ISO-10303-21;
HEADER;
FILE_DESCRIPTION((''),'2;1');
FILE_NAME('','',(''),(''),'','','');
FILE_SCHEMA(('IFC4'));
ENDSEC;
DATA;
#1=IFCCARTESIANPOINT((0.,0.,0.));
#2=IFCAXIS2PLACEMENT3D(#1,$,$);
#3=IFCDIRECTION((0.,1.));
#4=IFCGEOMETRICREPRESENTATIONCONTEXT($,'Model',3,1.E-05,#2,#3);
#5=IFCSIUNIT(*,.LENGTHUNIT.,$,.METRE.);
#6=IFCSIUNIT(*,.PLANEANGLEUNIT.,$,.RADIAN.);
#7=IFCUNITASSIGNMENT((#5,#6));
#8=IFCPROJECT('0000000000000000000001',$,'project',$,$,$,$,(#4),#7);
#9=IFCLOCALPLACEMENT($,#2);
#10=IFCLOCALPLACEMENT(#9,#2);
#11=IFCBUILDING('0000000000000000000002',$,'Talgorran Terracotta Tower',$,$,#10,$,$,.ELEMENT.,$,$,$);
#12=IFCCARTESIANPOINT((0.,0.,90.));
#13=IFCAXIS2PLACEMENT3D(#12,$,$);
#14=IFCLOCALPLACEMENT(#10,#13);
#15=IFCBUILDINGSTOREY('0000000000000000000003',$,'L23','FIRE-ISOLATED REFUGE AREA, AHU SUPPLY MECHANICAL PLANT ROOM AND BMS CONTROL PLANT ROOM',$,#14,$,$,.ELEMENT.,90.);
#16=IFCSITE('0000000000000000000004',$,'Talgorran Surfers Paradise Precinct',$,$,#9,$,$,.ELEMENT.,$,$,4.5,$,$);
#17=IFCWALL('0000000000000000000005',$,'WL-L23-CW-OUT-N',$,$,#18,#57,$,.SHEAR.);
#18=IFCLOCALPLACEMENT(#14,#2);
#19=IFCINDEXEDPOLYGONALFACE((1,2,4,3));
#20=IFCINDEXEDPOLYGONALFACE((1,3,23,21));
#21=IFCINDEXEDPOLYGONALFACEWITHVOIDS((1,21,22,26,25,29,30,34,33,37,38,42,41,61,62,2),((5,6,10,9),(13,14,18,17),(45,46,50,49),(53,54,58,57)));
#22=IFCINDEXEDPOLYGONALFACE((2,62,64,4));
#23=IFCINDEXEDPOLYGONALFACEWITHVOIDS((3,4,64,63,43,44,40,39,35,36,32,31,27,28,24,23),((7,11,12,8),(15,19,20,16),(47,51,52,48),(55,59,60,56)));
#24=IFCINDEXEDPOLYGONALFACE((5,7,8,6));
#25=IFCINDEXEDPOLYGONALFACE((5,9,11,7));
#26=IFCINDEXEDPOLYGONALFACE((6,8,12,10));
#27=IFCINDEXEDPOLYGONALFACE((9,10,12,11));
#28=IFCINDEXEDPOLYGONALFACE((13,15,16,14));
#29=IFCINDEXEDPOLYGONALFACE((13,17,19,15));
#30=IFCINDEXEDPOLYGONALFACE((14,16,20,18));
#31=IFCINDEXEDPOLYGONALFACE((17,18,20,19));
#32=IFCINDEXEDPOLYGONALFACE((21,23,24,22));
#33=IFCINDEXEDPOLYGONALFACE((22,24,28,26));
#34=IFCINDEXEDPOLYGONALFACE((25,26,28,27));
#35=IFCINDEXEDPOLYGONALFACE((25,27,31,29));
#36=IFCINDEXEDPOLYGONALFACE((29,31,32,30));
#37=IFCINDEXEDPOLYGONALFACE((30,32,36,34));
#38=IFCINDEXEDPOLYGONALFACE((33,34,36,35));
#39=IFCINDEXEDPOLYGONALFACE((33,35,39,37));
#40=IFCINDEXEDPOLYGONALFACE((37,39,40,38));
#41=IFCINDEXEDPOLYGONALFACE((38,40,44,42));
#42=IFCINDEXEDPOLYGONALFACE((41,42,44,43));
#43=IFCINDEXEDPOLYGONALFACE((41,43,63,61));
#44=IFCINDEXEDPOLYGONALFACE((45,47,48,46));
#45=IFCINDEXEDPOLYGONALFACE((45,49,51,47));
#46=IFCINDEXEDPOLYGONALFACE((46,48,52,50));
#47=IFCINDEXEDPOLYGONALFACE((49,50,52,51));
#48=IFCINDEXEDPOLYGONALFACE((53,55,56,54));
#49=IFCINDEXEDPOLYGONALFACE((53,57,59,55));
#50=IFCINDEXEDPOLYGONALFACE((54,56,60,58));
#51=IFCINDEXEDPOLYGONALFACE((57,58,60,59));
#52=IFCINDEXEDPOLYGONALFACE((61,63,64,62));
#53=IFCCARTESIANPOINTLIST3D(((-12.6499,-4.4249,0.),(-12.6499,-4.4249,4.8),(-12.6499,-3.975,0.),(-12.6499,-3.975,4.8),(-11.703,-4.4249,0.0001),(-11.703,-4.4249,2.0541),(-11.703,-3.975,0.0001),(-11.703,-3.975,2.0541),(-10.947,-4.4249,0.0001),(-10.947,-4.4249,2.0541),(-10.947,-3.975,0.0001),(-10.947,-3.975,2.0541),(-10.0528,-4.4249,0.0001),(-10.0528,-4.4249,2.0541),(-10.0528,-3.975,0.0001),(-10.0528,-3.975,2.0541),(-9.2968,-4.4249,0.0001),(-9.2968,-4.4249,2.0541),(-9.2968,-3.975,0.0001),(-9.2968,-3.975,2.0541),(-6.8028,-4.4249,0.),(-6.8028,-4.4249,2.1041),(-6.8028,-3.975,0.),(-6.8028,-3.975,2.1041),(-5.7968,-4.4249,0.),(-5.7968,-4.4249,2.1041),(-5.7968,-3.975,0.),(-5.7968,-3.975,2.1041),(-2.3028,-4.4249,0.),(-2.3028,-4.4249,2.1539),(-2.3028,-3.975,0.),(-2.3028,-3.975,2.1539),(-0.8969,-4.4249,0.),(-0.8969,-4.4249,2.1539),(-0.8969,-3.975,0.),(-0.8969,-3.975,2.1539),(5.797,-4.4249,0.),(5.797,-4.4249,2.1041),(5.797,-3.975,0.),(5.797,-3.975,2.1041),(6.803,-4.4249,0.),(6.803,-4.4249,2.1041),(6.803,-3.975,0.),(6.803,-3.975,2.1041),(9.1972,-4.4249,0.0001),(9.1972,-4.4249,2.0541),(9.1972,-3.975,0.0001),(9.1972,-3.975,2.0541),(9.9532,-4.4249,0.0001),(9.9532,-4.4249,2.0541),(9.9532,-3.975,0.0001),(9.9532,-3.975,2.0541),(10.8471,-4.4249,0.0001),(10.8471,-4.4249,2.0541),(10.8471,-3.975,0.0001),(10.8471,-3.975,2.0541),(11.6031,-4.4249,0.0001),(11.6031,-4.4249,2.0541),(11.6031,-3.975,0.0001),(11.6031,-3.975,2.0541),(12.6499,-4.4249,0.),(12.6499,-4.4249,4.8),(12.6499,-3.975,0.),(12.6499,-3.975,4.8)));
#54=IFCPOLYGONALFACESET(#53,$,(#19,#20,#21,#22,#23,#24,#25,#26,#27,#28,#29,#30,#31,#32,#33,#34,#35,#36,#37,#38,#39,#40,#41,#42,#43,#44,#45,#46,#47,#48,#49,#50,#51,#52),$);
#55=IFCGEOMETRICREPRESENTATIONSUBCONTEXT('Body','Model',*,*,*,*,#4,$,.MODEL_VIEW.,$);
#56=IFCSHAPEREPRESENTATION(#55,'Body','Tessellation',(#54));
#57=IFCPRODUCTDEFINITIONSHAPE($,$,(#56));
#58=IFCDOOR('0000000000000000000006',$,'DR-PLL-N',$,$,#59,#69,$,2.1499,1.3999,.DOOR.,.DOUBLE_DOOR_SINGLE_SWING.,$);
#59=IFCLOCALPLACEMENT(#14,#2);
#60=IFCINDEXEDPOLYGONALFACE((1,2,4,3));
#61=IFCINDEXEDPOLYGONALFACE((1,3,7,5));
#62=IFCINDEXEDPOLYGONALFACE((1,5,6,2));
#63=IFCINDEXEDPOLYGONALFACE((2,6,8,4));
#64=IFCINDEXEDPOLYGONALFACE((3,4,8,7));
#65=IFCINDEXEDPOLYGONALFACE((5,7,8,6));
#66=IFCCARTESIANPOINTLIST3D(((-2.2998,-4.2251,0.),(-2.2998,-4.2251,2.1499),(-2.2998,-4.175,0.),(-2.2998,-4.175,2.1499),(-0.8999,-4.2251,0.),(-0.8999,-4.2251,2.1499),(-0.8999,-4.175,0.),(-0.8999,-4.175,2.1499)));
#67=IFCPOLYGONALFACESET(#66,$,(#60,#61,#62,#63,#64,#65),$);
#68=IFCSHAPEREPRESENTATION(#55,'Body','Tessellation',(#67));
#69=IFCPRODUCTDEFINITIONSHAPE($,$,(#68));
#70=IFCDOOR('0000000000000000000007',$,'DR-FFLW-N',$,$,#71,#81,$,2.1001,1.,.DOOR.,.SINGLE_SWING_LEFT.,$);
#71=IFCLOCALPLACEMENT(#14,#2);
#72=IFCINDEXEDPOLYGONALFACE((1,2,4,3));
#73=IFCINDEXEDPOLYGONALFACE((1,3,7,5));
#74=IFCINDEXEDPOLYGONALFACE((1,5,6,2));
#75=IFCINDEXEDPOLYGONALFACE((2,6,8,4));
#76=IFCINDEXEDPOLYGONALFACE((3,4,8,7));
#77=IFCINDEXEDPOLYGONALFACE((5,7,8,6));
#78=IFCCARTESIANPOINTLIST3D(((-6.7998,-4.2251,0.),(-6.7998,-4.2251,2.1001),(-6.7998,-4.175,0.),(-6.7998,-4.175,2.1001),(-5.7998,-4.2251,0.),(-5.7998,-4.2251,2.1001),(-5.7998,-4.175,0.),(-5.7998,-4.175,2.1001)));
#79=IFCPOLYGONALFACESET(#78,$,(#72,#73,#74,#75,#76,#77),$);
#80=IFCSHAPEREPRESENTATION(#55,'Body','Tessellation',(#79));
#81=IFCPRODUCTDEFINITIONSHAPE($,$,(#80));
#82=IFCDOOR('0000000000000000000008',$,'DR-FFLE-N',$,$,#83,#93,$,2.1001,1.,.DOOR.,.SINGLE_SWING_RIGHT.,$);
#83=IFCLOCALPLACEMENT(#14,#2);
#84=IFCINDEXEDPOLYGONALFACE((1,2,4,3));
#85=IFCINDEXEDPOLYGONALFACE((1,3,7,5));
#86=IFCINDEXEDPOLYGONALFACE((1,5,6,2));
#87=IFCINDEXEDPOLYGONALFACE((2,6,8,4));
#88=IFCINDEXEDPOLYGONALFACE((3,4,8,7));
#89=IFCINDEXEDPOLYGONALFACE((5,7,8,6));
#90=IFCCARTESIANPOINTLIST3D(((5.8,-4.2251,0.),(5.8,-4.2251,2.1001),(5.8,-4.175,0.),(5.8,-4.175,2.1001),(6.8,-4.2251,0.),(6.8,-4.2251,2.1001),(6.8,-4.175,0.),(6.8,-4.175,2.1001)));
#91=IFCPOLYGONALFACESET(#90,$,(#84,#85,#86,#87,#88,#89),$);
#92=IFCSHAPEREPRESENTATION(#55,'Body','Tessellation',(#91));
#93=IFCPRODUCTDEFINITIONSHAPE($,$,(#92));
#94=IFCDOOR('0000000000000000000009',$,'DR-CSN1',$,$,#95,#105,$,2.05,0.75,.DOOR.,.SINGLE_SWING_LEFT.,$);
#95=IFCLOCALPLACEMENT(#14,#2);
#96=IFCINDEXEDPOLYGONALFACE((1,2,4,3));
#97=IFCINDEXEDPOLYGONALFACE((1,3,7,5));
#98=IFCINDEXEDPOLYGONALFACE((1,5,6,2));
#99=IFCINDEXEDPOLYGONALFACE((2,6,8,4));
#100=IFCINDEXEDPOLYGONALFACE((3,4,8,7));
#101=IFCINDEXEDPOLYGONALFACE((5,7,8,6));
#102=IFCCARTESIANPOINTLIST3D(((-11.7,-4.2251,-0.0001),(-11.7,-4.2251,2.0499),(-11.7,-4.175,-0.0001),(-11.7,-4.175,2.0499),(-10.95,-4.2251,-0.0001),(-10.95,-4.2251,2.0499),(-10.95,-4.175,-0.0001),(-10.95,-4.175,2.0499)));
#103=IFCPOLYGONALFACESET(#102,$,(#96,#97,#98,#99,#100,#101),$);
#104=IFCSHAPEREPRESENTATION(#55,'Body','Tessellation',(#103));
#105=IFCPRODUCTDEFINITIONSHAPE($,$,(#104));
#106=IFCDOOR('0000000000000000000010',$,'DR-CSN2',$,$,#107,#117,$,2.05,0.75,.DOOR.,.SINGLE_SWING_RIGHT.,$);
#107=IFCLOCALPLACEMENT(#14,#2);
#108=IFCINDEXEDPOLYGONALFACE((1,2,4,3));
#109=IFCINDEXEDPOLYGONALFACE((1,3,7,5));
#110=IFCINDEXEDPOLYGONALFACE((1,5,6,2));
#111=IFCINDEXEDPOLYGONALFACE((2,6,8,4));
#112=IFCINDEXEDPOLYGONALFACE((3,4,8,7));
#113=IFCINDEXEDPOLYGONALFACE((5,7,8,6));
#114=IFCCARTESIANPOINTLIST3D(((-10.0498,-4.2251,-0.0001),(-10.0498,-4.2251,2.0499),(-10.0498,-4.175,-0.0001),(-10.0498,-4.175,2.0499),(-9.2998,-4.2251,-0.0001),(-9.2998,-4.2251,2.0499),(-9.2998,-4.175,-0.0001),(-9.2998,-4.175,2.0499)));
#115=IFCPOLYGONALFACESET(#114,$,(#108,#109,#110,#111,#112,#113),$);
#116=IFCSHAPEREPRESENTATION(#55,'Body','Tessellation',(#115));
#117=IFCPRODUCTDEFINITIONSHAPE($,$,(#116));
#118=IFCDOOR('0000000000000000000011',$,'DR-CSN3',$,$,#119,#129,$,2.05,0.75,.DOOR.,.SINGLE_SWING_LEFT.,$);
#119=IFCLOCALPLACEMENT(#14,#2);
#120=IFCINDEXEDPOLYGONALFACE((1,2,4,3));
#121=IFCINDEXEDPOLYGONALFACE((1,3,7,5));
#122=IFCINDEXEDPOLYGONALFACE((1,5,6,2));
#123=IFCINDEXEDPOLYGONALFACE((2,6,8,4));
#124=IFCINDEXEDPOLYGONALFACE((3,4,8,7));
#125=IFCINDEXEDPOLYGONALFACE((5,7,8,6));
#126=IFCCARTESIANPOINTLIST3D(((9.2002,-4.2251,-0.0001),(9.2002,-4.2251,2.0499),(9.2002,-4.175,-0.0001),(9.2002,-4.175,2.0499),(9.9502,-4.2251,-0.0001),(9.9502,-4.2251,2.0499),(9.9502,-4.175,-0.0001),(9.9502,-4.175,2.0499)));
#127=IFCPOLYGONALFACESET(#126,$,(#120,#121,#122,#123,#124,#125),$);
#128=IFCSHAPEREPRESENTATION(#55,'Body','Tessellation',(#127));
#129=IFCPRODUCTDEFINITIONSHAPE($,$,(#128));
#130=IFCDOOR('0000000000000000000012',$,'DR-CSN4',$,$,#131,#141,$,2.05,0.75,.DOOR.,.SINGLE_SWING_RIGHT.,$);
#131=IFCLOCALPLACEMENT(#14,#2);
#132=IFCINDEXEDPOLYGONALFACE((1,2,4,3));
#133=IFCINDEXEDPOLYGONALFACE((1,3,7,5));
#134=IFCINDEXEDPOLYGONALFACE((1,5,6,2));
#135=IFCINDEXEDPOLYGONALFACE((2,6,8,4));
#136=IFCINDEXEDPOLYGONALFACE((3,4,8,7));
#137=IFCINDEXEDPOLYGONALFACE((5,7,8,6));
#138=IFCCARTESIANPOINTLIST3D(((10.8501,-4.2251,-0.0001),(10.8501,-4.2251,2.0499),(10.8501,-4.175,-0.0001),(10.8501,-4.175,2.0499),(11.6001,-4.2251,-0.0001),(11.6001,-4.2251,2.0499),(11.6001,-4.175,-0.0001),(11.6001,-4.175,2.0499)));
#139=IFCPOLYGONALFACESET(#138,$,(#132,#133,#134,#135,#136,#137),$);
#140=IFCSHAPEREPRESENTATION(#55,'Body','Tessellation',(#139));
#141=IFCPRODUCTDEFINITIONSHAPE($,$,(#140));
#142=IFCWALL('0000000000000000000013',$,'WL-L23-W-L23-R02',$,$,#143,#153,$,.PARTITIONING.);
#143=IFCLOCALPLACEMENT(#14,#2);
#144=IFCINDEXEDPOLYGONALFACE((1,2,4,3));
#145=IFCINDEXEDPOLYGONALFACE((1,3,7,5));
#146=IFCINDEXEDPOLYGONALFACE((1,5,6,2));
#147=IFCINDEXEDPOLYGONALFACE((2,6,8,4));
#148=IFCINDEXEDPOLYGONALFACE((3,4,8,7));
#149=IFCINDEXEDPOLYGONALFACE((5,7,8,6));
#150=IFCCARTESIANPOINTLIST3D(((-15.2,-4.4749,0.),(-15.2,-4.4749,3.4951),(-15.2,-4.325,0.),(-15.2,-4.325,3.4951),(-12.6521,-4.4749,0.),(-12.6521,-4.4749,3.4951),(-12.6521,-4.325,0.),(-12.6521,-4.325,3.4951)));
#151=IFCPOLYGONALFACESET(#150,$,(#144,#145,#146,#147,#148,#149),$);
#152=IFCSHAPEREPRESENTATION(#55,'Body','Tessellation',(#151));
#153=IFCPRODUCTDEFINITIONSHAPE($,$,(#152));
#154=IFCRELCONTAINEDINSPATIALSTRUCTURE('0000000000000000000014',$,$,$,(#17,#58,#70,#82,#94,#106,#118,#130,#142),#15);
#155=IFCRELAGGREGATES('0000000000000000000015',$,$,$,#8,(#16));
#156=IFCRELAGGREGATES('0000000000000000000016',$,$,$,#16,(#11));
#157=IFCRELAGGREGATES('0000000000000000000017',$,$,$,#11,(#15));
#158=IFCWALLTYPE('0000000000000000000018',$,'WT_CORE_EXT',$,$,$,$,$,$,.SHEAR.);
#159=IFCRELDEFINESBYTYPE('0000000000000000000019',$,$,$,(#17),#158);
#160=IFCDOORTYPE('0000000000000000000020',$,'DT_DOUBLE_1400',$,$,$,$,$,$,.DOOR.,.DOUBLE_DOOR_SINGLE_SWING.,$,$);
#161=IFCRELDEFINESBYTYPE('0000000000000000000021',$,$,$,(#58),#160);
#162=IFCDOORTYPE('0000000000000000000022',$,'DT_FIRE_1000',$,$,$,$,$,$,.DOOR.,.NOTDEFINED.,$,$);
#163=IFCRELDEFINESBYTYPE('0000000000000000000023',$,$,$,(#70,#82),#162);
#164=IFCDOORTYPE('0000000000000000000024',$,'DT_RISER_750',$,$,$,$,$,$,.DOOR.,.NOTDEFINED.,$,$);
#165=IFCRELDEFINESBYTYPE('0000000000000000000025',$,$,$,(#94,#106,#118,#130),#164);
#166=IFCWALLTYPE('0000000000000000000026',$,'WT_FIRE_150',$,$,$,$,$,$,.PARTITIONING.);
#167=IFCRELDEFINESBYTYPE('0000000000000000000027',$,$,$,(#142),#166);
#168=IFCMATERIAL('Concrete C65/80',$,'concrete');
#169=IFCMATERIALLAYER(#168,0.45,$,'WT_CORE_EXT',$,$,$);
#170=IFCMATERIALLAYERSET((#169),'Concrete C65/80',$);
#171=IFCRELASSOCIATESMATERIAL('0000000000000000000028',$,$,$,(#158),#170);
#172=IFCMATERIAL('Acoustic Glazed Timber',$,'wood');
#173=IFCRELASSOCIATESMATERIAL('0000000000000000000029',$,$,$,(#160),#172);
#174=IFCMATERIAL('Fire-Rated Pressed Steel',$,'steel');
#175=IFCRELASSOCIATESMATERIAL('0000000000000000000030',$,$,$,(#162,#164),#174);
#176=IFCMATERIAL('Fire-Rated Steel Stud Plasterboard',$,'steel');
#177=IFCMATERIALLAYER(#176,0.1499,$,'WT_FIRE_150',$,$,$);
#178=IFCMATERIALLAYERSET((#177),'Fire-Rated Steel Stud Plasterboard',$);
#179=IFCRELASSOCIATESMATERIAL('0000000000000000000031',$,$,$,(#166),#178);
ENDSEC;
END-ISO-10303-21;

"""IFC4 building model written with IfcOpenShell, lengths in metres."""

from ifc_helpers import new_model, si_unit, direction, frame, frame_2d, origin, place, context, subcontext, project, spatial, rectangle, extrude, material, layer, layer_set, type_object, element, fill, save


model = new_model("IFC4")

# Units and contexts
model_context = context("Model", 3, precision=1e-05, world=origin(), true_north=direction((0.0, 1.0)))
body_context = subcontext(model_context, "Body", "Model", "MODEL_VIEW")
ifc_project = project(units=[si_unit("LENGTHUNIT", "METRE"), si_unit("PLANEANGLEUNIT", "RADIAN")], contexts=[model_context])

# Site, building, storey
site_placement = place(None, origin())
site = spatial("IfcSite", under=ifc_project, at=site_placement, Name="Talgorran Surfers Paradise Precinct", CompositionType="ELEMENT", RefElevation=4.5)
building_placement = place(site_placement, origin())
building = spatial("IfcBuilding", under=site, at=building_placement, Name="Talgorran Terracotta Tower", CompositionType="ELEMENT")
storey_placement = place(building_placement, frame((0.0, 0.0, 90.0)))
storey = spatial("IfcBuildingStorey", under=building, at=storey_placement, Name="L23", Description="FIRE-ISOLATED REFUGE AREA, AHU SUPPLY MECHANICAL PLANT ROOM AND BMS CONTROL PLANT ROOM", CompositionType="ELEMENT", Elevation=90.0)

# Wall, openings, doors
ifc_material_1 = material(Name="Concrete C65/80", Category="concrete")
ifc_layer_1 = layer(ifc_material_1, 0.45, Name="WT_CORE_EXT")
ifc_layer_set_1 = layer_set([ifc_layer_1], Name="Concrete C65/80")
wall_type_1 = type_object("IfcWallType", Name="WT_CORE_EXT", PredefinedType="SHEAR", material=ifc_layer_set_1)
wall_1_placement = place(storey_placement, frame((-12.6499, -4.2, 0.0), z_axis=(0.0, 0.0, 1.0), x_axis=(1.0, 0.0, 0.0)))
wall_1 = element("IfcWall", 1, at=wall_1_placement, inside=storey, type_object=wall_type_1, Name="WL-L23-CW-OUT-N", PredefinedType="SHEAR", context=body_context, shape_type="SweptSolid", body=[
    extrude(rectangle(XDim=25.2998, YDim=0.45, at=frame_2d((12.6499, 0.0))), origin(), (0.0, 0.0, 1.0), 4.8),
])
opening_1_placement = place(wall_1_placement, frame((0.95, 0.0, 0.0)))
opening_1 = element("IfcOpeningElement", 2, at=opening_1_placement, cuts=wall_1, PredefinedType="OPENING", context=body_context, shape_type="SweptSolid", body=[
    extrude(rectangle(XDim=0.756, YDim=2.054, at=frame_2d((0.375, 1.0271))), frame((0.0, 0.2349, 0.0), z_axis=(0.0, -1.0, 0.0), x_axis=(1.0, 0.0, 0.0)), (0.0, 0.0, 1.0), 0.47),
])
opening_2_placement = place(wall_1_placement, frame((2.6001, 0.0, 0.0)))
opening_2 = element("IfcOpeningElement", 3, at=opening_2_placement, cuts=wall_1, PredefinedType="OPENING", context=body_context, shape_type="SweptSolid", body=[
    extrude(rectangle(XDim=0.756, YDim=2.054, at=frame_2d((0.375, 1.0271))), frame((0.0, 0.2349, 0.0), z_axis=(0.0, -1.0, 0.0), x_axis=(1.0, 0.0, 0.0)), (0.0, 0.0, 1.0), 0.47),
])
opening_3_placement = place(wall_1_placement, frame((21.8501, 0.0, 0.0)))
opening_3 = element("IfcOpeningElement", 4, at=opening_3_placement, cuts=wall_1, PredefinedType="OPENING", context=body_context, shape_type="SweptSolid", body=[
    extrude(rectangle(XDim=0.756, YDim=2.054, at=frame_2d((0.375, 1.0271))), frame((0.0, 0.2349, 0.0), z_axis=(0.0, -1.0, 0.0), x_axis=(1.0, 0.0, 0.0)), (0.0, 0.0, 1.0), 0.47),
])
opening_4_placement = place(wall_1_placement, frame((23.5, 0.0, 0.0)))
opening_4 = element("IfcOpeningElement", 5, at=opening_4_placement, cuts=wall_1, PredefinedType="OPENING", context=body_context, shape_type="SweptSolid", body=[
    extrude(rectangle(XDim=0.756, YDim=2.054, at=frame_2d((0.375, 1.0271))), frame((0.0, 0.2349, 0.0), z_axis=(0.0, -1.0, 0.0), x_axis=(1.0, 0.0, 0.0)), (0.0, 0.0, 1.0), 0.47),
])
opening_5_placement = place(wall_1_placement, frame((5.8501, 0.0, 0.0)))
opening_5 = element("IfcOpeningElement", 6, at=opening_5_placement, cuts=wall_1, PredefinedType="OPENING", context=body_context, shape_type="SweptSolid", body=[
    extrude(rectangle(XDim=1.006, YDim=2.1041, at=frame_2d((0.5, 1.052))), frame((0.0, 0.2349, 0.0), z_axis=(0.0, -1.0, 0.0), x_axis=(1.0, 0.0, 0.0)), (0.0, 0.0, 1.0), 0.47),
])
opening_6_placement = place(wall_1_placement, frame((10.3501, 0.0, 0.0)))
opening_6 = element("IfcOpeningElement", 7, at=opening_6_placement, cuts=wall_1, PredefinedType="OPENING", context=body_context, shape_type="SweptSolid", body=[
    extrude(rectangle(XDim=1.4059, YDim=2.1539, at=frame_2d((0.7, 1.0769))), frame((0.0, 0.2349, 0.0), z_axis=(0.0, -1.0, 0.0), x_axis=(1.0, 0.0, 0.0)), (0.0, 0.0, 1.0), 0.47),
])
opening_7_placement = place(wall_1_placement, frame((18.45, 0.0, 0.0)))
opening_7 = element("IfcOpeningElement", 8, at=opening_7_placement, cuts=wall_1, PredefinedType="OPENING", context=body_context, shape_type="SweptSolid", body=[
    extrude(rectangle(XDim=1.006, YDim=2.1041, at=frame_2d((0.5, 1.052))), frame((0.0, 0.2349, 0.0), z_axis=(0.0, -1.0, 0.0), x_axis=(1.0, 0.0, 0.0)), (0.0, 0.0, 1.0), 0.47),
])
ifc_material_2 = material(Name="Acoustic Glazed Timber", Category="wood")
door_type_1 = type_object("IfcDoorType", Name="DT_DOUBLE_1400", OperationType="DOUBLE_DOOR_SINGLE_SWING", PredefinedType="DOOR", material=ifc_material_2)
door_1_placement = place(opening_6_placement, origin())
door_1 = element("IfcDoor", 9, at=door_1_placement, inside=storey, type_object=door_type_1, Name="DR-PLL-N", OperationType="DOUBLE_DOOR_SINGLE_SWING", OverallHeight=2.1499, OverallWidth=1.3999, PredefinedType="DOOR", context=body_context, shape_type="SweptSolid", body=[
    extrude(rectangle(XDim=1.3999, YDim=2.1499, at=frame_2d((0.7, 1.075))), frame((0.0, 0.0249, 0.0), z_axis=(0.0, -1.0, 0.0), x_axis=(1.0, 0.0, 0.0)), (0.0, 0.0, 1.0), 0.05),
])
fill(opening_6, door_1)
ifc_material_3 = material(Name="Fire-Rated Pressed Steel", Category="steel")
door_type_2 = type_object("IfcDoorType", Name="DT_FIRE_1000", OperationType="NOTDEFINED", PredefinedType="DOOR", material=ifc_material_3)
door_2_placement = place(opening_5_placement, origin())
door_2 = element("IfcDoor", 10, at=door_2_placement, inside=storey, type_object=door_type_2, Name="DR-FFLW-N", OperationType="SINGLE_SWING_LEFT", OverallHeight=2.1001, OverallWidth=1.0, PredefinedType="DOOR", context=body_context, shape_type="SweptSolid", body=[
    extrude(rectangle(XDim=1.0, YDim=2.1001, at=frame_2d((0.5, 1.05))), frame((0.0, 0.0249, 0.0), z_axis=(0.0, -1.0, 0.0), x_axis=(1.0, 0.0, 0.0)), (0.0, 0.0, 1.0), 0.05),
])
fill(opening_5, door_2)
door_3_placement = place(opening_7_placement, origin())
door_3 = element("IfcDoor", 11, at=door_3_placement, inside=storey, type_object=door_type_2, Name="DR-FFLE-N", OperationType="SINGLE_SWING_RIGHT", OverallHeight=2.1001, OverallWidth=1.0, PredefinedType="DOOR", context=body_context, shape_type="SweptSolid", body=[
    extrude(rectangle(XDim=1.0, YDim=2.1001, at=frame_2d((0.5, 1.05))), frame((0.0, 0.0249, 0.0), z_axis=(0.0, -1.0, 0.0), x_axis=(1.0, 0.0, 0.0)), (0.0, 0.0, 1.0), 0.05),
])
fill(opening_7, door_3)
door_type_3 = type_object("IfcDoorType", Name="DT_RISER_750", OperationType="NOTDEFINED", PredefinedType="DOOR", material=ifc_material_3)
door_4_placement = place(opening_1_placement, origin())
door_4 = element("IfcDoor", 12, at=door_4_placement, inside=storey, type_object=door_type_3, Name="DR-CSN1", OperationType="SINGLE_SWING_LEFT", OverallHeight=2.05, OverallWidth=0.75, PredefinedType="DOOR", context=body_context, shape_type="SweptSolid", body=[
    extrude(rectangle(XDim=0.75, YDim=2.05, at=frame_2d((0.375, 1.0249))), frame((0.0, 0.0249, 0.0), z_axis=(0.0, -1.0, 0.0), x_axis=(1.0, 0.0, 0.0)), (0.0, 0.0, 1.0), 0.05),
])
fill(opening_1, door_4)
door_5_placement = place(opening_2_placement, origin())
door_5 = element("IfcDoor", 13, at=door_5_placement, inside=storey, type_object=door_type_3, Name="DR-CSN2", OperationType="SINGLE_SWING_RIGHT", OverallHeight=2.05, OverallWidth=0.75, PredefinedType="DOOR", context=body_context, shape_type="SweptSolid", body=[
    extrude(rectangle(XDim=0.75, YDim=2.05, at=frame_2d((0.375, 1.0249))), frame((0.0, 0.0249, 0.0), z_axis=(0.0, -1.0, 0.0), x_axis=(1.0, 0.0, 0.0)), (0.0, 0.0, 1.0), 0.05),
])
fill(opening_2, door_5)
door_6_placement = place(opening_3_placement, origin())
door_6 = element("IfcDoor", 14, at=door_6_placement, inside=storey, type_object=door_type_3, Name="DR-CSN3", OperationType="SINGLE_SWING_LEFT", OverallHeight=2.05, OverallWidth=0.75, PredefinedType="DOOR", context=body_context, shape_type="SweptSolid", body=[
    extrude(rectangle(XDim=0.75, YDim=2.05, at=frame_2d((0.375, 1.0249))), frame((0.0, 0.0249, 0.0), z_axis=(0.0, -1.0, 0.0), x_axis=(1.0, 0.0, 0.0)), (0.0, 0.0, 1.0), 0.05),
])
fill(opening_3, door_6)
door_7_placement = place(opening_4_placement, origin())
door_7 = element("IfcDoor", 15, at=door_7_placement, inside=storey, type_object=door_type_3, Name="DR-CSN4", OperationType="SINGLE_SWING_RIGHT", OverallHeight=2.05, OverallWidth=0.75, PredefinedType="DOOR", context=body_context, shape_type="SweptSolid", body=[
    extrude(rectangle(XDim=0.75, YDim=2.05, at=frame_2d((0.375, 1.0249))), frame((0.0, 0.0249, 0.0), z_axis=(0.0, -1.0, 0.0), x_axis=(1.0, 0.0, 0.0)), (0.0, 0.0, 1.0), 0.05),
])
fill(opening_4, door_7)

# Wall
ifc_material_4 = material(Name="Fire-Rated Steel Stud Plasterboard", Category="steel")
ifc_layer_2 = layer(ifc_material_4, 0.1499, Name="WT_FIRE_150")
ifc_layer_set_2 = layer_set([ifc_layer_2], Name="Fire-Rated Steel Stud Plasterboard")
wall_type_2 = type_object("IfcWallType", Name="WT_FIRE_150", PredefinedType="PARTITIONING", material=ifc_layer_set_2)
wall_2_placement = place(storey_placement, frame((-15.2, -4.3999, 0.0), z_axis=(0.0, 0.0, 1.0), x_axis=(1.0, 0.0, 0.0)))
element("IfcWall", 16, at=wall_2_placement, inside=storey, type_object=wall_type_2, Name="WL-L23-W-L23-R02", PredefinedType="PARTITIONING", context=body_context, shape_type="SweptSolid", body=[
    extrude(rectangle(XDim=2.5479, YDim=0.1499, at=frame_2d((1.2739, 0.0))), origin(), (0.0, 0.0, 1.0), 3.4951),
])

save(model, "model.ifc")
